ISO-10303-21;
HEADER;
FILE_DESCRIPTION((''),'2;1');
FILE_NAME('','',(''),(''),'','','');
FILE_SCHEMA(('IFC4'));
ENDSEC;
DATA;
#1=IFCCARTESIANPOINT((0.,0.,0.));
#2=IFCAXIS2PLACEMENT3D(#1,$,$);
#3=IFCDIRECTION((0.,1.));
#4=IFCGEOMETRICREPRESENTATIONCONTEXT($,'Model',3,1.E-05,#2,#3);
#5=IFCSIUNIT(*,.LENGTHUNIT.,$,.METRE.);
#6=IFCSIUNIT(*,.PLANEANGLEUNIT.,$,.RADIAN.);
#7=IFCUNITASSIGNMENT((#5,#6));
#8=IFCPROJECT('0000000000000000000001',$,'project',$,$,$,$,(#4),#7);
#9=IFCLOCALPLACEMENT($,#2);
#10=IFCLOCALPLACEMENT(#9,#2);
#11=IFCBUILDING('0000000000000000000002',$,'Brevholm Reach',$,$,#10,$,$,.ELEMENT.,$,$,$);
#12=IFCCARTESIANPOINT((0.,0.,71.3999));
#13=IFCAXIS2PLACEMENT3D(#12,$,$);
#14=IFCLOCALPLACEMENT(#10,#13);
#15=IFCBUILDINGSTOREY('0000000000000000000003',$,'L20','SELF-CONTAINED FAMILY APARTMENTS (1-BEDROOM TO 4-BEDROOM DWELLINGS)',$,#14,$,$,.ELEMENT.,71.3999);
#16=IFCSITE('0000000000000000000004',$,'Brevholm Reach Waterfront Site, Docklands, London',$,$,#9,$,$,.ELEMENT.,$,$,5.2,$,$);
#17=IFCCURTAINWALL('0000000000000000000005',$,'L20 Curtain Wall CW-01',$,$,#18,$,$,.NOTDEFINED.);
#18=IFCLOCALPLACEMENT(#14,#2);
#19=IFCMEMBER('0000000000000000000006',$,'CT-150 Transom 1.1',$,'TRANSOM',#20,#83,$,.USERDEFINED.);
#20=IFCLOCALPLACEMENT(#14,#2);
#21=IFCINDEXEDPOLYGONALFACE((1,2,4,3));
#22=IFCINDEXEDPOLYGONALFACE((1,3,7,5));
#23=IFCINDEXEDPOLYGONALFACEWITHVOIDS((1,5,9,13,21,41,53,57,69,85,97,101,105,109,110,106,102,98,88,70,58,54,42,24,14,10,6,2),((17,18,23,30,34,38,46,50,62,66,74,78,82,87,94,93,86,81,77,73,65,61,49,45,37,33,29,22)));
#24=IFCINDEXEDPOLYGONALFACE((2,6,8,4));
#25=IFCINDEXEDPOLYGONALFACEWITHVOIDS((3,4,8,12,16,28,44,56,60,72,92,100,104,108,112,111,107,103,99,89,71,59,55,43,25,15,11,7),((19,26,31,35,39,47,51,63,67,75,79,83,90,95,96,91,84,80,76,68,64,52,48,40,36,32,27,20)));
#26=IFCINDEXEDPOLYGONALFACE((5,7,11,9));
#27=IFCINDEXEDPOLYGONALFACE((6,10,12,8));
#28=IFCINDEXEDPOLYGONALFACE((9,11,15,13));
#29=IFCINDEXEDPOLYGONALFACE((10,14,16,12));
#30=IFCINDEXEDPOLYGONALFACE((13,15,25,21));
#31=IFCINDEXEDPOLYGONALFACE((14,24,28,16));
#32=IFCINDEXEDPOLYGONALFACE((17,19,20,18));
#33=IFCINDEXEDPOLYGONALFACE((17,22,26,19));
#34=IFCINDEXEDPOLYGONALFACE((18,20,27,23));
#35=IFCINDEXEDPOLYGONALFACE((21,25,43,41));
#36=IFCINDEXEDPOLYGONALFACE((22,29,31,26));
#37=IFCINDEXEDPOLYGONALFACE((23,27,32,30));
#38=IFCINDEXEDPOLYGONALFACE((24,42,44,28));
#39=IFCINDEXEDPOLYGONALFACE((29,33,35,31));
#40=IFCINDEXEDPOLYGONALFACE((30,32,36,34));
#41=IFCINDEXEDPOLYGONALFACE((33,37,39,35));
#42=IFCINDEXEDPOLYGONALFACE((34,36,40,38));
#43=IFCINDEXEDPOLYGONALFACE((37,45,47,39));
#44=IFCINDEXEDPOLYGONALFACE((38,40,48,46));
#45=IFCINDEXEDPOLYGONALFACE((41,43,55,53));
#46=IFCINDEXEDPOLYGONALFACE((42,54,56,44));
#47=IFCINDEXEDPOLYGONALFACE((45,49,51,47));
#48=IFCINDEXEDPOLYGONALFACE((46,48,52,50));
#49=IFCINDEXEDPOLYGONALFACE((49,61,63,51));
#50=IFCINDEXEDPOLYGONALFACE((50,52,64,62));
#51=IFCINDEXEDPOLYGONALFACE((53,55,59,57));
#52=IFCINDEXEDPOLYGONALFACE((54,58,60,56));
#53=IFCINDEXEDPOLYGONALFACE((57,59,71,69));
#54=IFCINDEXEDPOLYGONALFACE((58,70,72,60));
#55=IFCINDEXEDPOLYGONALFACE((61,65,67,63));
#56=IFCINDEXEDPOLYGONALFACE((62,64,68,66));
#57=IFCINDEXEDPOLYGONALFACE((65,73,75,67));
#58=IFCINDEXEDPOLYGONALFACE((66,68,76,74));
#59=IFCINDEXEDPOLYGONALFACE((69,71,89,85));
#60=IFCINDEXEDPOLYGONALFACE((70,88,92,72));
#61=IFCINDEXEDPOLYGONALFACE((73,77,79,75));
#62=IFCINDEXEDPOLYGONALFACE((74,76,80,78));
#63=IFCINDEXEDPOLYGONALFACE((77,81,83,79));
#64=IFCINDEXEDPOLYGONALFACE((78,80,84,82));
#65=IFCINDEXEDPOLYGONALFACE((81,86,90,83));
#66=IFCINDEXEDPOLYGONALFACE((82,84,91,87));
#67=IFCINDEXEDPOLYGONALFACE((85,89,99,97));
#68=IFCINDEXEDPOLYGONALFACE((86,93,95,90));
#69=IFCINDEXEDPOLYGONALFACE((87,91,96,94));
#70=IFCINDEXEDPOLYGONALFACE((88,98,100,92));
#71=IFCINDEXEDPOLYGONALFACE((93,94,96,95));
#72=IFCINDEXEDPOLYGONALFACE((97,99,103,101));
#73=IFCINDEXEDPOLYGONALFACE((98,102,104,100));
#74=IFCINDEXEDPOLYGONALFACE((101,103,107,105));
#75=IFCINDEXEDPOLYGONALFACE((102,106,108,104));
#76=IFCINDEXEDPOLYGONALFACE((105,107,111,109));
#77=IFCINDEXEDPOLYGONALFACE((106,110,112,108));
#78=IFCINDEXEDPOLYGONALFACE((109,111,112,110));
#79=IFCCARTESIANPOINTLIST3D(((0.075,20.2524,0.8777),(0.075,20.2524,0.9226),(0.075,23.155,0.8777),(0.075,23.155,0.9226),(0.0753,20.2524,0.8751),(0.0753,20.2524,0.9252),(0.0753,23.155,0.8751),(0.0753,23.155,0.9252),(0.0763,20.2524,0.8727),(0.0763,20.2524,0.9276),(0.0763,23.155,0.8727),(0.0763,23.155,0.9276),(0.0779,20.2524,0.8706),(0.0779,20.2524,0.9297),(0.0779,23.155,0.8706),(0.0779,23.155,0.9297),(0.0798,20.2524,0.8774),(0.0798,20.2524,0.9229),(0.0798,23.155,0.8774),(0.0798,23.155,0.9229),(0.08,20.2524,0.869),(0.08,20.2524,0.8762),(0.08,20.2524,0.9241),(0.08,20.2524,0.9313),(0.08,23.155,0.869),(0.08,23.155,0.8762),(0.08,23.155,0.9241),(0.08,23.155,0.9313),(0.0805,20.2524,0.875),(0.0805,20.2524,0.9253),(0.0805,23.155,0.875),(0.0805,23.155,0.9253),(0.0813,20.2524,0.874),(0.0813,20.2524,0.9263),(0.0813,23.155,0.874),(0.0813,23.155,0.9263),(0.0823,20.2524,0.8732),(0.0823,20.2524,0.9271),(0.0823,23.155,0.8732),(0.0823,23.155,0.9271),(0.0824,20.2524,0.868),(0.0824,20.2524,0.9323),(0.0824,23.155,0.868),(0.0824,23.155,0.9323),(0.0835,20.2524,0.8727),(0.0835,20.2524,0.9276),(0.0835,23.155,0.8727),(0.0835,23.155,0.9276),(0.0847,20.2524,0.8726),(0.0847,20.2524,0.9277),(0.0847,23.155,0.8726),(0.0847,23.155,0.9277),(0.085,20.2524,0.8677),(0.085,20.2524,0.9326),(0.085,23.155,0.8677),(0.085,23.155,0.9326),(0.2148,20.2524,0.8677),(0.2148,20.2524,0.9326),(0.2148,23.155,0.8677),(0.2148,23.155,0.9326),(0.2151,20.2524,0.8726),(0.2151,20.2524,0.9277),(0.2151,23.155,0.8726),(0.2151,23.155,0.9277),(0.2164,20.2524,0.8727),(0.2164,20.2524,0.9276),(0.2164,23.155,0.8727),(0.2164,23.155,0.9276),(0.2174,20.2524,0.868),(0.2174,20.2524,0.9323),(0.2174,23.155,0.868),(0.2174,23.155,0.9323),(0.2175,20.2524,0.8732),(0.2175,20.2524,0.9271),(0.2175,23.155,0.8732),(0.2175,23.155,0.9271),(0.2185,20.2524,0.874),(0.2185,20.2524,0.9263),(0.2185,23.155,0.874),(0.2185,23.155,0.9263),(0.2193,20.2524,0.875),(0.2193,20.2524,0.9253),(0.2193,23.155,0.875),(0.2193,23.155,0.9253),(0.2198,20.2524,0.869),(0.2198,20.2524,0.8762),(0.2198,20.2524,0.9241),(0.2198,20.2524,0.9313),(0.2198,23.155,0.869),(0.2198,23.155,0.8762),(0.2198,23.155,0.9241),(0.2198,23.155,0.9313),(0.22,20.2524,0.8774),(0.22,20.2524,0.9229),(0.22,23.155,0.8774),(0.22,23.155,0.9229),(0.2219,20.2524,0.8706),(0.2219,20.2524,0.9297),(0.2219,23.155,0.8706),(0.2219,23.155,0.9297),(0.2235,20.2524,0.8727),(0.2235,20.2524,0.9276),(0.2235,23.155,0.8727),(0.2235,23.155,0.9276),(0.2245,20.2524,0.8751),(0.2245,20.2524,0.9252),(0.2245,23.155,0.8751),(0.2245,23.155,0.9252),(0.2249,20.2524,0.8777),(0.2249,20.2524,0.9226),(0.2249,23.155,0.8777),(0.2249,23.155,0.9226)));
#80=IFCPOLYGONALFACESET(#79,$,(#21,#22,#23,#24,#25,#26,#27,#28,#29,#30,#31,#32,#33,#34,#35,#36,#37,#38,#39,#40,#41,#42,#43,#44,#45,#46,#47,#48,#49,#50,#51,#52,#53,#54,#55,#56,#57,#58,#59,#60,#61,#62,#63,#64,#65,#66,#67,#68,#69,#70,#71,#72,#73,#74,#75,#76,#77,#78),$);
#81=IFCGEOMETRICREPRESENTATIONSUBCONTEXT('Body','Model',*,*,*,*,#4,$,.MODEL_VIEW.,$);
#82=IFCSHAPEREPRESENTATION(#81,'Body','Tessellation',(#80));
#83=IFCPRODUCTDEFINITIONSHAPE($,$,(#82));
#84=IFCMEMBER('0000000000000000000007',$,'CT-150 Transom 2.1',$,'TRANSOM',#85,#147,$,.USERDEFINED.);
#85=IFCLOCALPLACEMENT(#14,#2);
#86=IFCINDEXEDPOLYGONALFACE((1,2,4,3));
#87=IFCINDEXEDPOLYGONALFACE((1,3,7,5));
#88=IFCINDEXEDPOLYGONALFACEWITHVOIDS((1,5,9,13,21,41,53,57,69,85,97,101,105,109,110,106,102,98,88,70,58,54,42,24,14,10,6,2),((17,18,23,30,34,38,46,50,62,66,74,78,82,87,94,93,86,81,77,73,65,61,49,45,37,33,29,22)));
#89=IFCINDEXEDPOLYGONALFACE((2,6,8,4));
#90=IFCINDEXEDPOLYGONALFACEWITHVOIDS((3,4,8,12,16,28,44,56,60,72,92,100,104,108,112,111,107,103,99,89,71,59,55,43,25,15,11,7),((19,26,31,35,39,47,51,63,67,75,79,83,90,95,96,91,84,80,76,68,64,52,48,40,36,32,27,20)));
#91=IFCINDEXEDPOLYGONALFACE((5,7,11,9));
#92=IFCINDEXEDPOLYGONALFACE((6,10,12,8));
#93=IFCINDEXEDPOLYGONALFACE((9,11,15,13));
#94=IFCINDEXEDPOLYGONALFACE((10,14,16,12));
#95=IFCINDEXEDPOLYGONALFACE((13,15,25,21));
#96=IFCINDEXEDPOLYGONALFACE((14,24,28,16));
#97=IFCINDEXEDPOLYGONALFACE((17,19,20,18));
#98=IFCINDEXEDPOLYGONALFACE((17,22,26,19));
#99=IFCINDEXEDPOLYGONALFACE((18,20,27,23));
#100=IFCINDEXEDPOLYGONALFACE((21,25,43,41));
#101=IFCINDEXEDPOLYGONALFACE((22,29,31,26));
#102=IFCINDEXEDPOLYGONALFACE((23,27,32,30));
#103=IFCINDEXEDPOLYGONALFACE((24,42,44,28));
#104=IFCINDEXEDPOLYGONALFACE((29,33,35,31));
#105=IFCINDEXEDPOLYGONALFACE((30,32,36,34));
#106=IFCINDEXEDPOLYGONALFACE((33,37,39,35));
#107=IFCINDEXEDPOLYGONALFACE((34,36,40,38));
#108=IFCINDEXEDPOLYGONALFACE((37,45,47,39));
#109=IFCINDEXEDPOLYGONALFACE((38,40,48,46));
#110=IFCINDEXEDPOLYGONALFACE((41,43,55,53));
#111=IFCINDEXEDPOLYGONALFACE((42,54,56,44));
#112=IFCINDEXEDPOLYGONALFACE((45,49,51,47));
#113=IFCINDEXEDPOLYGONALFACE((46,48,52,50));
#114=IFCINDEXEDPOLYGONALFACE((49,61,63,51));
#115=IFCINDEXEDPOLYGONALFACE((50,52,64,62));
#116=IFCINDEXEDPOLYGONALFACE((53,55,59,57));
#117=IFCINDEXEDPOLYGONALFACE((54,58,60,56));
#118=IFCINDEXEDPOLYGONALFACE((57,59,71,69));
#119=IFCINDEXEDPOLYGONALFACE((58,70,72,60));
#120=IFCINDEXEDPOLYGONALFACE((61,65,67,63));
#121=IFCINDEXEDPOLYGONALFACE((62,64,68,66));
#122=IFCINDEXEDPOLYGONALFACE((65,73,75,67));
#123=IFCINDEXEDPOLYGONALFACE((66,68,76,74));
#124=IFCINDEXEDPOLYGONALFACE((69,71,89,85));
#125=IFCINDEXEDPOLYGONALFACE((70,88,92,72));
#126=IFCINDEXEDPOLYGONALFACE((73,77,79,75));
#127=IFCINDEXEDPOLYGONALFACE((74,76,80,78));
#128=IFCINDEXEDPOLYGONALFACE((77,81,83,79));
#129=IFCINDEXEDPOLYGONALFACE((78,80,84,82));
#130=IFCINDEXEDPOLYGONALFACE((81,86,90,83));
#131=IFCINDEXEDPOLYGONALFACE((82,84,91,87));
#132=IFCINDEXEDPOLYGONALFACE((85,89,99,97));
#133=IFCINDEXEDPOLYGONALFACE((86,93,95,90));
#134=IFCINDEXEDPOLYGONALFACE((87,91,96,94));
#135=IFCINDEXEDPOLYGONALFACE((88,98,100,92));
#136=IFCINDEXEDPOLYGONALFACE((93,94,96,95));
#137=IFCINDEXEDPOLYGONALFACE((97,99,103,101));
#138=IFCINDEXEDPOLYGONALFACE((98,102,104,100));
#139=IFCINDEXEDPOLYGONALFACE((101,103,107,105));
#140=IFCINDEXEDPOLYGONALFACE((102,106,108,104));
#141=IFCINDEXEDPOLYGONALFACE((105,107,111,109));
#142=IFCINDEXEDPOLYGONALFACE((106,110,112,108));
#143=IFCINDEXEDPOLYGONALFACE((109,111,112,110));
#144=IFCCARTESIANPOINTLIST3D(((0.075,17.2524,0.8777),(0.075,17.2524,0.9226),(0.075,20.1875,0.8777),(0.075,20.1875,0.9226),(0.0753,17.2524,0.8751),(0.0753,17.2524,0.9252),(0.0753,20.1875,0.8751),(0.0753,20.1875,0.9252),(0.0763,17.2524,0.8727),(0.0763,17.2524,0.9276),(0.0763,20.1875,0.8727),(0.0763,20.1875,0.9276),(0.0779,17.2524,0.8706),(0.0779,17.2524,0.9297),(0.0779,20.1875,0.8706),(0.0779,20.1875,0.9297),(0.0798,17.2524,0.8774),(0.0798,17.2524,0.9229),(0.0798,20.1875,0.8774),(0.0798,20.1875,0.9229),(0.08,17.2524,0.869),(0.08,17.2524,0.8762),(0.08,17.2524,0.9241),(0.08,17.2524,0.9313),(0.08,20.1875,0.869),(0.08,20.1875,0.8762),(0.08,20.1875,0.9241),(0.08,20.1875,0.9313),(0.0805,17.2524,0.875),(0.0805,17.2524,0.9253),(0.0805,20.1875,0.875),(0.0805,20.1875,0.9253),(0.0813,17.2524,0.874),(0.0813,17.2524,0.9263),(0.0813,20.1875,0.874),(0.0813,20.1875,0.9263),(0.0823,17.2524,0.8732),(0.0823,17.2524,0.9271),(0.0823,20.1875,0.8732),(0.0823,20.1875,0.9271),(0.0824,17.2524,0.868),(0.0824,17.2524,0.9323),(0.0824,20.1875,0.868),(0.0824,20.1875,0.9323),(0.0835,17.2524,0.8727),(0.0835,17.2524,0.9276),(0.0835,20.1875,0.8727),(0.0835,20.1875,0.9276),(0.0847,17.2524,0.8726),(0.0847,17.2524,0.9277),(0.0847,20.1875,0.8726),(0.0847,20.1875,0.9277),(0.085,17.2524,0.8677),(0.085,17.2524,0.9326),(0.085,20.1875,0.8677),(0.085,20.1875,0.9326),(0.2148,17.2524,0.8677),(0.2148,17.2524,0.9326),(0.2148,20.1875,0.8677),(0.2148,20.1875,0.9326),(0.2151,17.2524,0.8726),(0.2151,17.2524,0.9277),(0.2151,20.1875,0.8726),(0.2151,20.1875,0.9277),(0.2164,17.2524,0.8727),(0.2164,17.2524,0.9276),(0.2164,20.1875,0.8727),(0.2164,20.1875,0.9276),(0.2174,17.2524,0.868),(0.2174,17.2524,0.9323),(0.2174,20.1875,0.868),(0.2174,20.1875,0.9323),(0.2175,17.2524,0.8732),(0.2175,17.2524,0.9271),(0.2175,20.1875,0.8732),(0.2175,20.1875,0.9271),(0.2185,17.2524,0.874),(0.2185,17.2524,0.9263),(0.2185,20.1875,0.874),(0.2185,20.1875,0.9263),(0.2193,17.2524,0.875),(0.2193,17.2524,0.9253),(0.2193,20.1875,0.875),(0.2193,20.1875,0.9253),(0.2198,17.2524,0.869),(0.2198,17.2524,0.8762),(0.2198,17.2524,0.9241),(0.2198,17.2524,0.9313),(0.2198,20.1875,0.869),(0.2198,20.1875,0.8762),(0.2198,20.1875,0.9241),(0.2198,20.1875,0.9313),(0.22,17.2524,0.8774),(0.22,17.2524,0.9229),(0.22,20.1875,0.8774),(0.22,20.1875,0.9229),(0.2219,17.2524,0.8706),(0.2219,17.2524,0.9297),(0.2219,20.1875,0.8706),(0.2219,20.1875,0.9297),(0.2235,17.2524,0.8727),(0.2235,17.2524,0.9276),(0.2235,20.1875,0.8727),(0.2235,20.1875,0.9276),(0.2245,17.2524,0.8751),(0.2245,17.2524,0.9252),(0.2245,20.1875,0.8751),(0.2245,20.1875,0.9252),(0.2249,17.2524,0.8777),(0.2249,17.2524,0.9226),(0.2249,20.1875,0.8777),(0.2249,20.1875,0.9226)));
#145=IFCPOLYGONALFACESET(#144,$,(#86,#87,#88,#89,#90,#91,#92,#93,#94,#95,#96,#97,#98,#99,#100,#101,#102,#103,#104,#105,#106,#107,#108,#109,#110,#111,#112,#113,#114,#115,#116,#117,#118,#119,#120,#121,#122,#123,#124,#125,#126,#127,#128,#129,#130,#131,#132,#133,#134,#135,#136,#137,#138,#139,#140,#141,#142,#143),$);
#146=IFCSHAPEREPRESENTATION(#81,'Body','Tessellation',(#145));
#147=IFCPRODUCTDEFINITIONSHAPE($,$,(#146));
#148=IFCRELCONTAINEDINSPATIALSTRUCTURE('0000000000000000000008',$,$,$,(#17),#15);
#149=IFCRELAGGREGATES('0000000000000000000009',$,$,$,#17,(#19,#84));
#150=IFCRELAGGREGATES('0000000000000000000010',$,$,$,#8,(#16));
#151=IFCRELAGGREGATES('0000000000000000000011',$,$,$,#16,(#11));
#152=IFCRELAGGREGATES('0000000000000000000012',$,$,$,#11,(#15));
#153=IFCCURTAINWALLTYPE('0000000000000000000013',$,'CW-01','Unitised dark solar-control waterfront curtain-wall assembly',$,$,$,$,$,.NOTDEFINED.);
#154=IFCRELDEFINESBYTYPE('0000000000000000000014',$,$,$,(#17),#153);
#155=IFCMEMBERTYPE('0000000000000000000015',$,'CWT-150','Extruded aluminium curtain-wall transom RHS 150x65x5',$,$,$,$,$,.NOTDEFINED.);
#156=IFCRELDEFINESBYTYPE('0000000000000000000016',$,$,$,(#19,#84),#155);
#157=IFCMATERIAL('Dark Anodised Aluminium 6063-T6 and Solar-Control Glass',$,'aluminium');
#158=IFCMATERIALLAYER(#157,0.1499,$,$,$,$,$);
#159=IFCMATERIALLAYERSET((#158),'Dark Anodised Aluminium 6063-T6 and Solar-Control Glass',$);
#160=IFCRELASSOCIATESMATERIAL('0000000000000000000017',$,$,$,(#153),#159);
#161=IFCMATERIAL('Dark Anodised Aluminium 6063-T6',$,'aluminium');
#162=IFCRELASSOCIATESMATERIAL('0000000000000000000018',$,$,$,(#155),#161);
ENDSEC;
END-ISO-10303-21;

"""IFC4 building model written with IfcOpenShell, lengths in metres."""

from ifc_helpers import new_model, si_unit, direction, frame, origin, origin_2d, place, context, subcontext, project, spatial, hollow_rectangle, extrude, material, layer, layer_set, material_profile, profile_set, type_object, element, aggregate, save


model = new_model("IFC4")

# Units and contexts
model_context = context("Model", 3, precision=1e-05, world=origin(), true_north=direction((0.0, 1.0)))
body_context = subcontext(model_context, "Body", "Model", "MODEL_VIEW")
ifc_project = project(units=[si_unit("LENGTHUNIT", "METRE"), si_unit("PLANEANGLEUNIT", "RADIAN")], contexts=[model_context])

# Site, building, storey
site_placement = place(None, origin())
site = spatial("IfcSite", under=ifc_project, at=site_placement, Name="Brevholm Reach Waterfront Site, Docklands, London", CompositionType="ELEMENT", RefElevation=5.2)
building_placement = place(site_placement, origin())
building = spatial("IfcBuilding", under=site, at=building_placement, Name="Brevholm Reach", CompositionType="ELEMENT")
storey_placement = place(building_placement, frame((0.0, 0.0, 71.3999)))
storey = spatial("IfcBuildingStorey", under=building, at=storey_placement, Name="L20", Description="SELF-CONTAINED FAMILY APARTMENTS (1-BEDROOM TO 4-BEDROOM DWELLINGS)", CompositionType="ELEMENT", Elevation=71.3999)

# Curtain wall, members
ifc_material_1 = material(Name="Dark Anodised Aluminium 6063-T6 and Solar-Control Glass", Category="aluminium")
ifc_layer_1 = layer(ifc_material_1, 0.1499)
ifc_layer_set_1 = layer_set([ifc_layer_1], Name="Dark Anodised Aluminium 6063-T6 and Solar-Control Glass")
curtain_wall_type = type_object("IfcCurtainWallType", Name="CW-01", Description="Unitised dark solar-control waterfront curtain-wall assembly", PredefinedType="NOTDEFINED", material=ifc_layer_set_1)
curtain_wall_placement = place(storey_placement, origin())
curtain_wall = element("IfcCurtainWall", 1, at=curtain_wall_placement, inside=storey, type_object=curtain_wall_type, Name="L20 Curtain Wall CW-01", PredefinedType="NOTDEFINED")
ifc_material_2 = material(Name="Dark Anodised Aluminium 6063-T6", Category="aluminium")
ifc_material_profile_1 = material_profile(ifc_material_2, hollow_rectangle(XDim=0.0649, YDim=0.1499, WallThickness=0.0049, InnerFilletRadius=0.0049, OuterFilletRadius=0.01, at=origin_2d()), Name="RHS 150x65x5")
ifc_profile_set_1 = profile_set([ifc_material_profile_1], Name="Dark Anodised Aluminium 6063-T6")
member_type_1 = type_object("IfcMemberType", Name="CWT-150", Description="Extruded aluminium curtain-wall transom RHS 150x65x5", PredefinedType="NOTDEFINED", material=ifc_profile_set_1)
member_1_placement = place(storey_placement, frame((0.1499, 23.155, 0.9001), z_axis=(0.0, -1.0, 0.0), x_axis=(0.0, 0.0, 1.0)))
member_1 = element("IfcMember", 2, at=member_1_placement, type_object=member_type_1, Name="CT-150 Transom 1.1", ObjectType="TRANSOM", PredefinedType="USERDEFINED", context=body_context, shape_type="SweptSolid", body=[
    extrude(hollow_rectangle(XDim=0.0649, YDim=0.1499, WallThickness=0.0049, InnerFilletRadius=0.0049, OuterFilletRadius=0.01, at=origin_2d()), origin(), (0.0, 0.0, 1.0), 2.9026),
])
member_2_placement = place(storey_placement, frame((0.1499, 20.1875, 0.9001), z_axis=(0.0, -1.0, 0.0), x_axis=(0.0, 0.0, 1.0)))
member_2 = element("IfcMember", 3, at=member_2_placement, type_object=member_type_1, Name="CT-150 Transom 2.1", ObjectType="TRANSOM", PredefinedType="USERDEFINED", context=body_context, shape_type="SweptSolid", body=[
    extrude(hollow_rectangle(XDim=0.0649, YDim=0.1499, WallThickness=0.0049, InnerFilletRadius=0.0049, OuterFilletRadius=0.01, at=origin_2d()), origin(), (0.0, 0.0, 1.0), 2.9351),
])
aggregate(curtain_wall, [member_1, member_2])

save(model, "model.ifc")
